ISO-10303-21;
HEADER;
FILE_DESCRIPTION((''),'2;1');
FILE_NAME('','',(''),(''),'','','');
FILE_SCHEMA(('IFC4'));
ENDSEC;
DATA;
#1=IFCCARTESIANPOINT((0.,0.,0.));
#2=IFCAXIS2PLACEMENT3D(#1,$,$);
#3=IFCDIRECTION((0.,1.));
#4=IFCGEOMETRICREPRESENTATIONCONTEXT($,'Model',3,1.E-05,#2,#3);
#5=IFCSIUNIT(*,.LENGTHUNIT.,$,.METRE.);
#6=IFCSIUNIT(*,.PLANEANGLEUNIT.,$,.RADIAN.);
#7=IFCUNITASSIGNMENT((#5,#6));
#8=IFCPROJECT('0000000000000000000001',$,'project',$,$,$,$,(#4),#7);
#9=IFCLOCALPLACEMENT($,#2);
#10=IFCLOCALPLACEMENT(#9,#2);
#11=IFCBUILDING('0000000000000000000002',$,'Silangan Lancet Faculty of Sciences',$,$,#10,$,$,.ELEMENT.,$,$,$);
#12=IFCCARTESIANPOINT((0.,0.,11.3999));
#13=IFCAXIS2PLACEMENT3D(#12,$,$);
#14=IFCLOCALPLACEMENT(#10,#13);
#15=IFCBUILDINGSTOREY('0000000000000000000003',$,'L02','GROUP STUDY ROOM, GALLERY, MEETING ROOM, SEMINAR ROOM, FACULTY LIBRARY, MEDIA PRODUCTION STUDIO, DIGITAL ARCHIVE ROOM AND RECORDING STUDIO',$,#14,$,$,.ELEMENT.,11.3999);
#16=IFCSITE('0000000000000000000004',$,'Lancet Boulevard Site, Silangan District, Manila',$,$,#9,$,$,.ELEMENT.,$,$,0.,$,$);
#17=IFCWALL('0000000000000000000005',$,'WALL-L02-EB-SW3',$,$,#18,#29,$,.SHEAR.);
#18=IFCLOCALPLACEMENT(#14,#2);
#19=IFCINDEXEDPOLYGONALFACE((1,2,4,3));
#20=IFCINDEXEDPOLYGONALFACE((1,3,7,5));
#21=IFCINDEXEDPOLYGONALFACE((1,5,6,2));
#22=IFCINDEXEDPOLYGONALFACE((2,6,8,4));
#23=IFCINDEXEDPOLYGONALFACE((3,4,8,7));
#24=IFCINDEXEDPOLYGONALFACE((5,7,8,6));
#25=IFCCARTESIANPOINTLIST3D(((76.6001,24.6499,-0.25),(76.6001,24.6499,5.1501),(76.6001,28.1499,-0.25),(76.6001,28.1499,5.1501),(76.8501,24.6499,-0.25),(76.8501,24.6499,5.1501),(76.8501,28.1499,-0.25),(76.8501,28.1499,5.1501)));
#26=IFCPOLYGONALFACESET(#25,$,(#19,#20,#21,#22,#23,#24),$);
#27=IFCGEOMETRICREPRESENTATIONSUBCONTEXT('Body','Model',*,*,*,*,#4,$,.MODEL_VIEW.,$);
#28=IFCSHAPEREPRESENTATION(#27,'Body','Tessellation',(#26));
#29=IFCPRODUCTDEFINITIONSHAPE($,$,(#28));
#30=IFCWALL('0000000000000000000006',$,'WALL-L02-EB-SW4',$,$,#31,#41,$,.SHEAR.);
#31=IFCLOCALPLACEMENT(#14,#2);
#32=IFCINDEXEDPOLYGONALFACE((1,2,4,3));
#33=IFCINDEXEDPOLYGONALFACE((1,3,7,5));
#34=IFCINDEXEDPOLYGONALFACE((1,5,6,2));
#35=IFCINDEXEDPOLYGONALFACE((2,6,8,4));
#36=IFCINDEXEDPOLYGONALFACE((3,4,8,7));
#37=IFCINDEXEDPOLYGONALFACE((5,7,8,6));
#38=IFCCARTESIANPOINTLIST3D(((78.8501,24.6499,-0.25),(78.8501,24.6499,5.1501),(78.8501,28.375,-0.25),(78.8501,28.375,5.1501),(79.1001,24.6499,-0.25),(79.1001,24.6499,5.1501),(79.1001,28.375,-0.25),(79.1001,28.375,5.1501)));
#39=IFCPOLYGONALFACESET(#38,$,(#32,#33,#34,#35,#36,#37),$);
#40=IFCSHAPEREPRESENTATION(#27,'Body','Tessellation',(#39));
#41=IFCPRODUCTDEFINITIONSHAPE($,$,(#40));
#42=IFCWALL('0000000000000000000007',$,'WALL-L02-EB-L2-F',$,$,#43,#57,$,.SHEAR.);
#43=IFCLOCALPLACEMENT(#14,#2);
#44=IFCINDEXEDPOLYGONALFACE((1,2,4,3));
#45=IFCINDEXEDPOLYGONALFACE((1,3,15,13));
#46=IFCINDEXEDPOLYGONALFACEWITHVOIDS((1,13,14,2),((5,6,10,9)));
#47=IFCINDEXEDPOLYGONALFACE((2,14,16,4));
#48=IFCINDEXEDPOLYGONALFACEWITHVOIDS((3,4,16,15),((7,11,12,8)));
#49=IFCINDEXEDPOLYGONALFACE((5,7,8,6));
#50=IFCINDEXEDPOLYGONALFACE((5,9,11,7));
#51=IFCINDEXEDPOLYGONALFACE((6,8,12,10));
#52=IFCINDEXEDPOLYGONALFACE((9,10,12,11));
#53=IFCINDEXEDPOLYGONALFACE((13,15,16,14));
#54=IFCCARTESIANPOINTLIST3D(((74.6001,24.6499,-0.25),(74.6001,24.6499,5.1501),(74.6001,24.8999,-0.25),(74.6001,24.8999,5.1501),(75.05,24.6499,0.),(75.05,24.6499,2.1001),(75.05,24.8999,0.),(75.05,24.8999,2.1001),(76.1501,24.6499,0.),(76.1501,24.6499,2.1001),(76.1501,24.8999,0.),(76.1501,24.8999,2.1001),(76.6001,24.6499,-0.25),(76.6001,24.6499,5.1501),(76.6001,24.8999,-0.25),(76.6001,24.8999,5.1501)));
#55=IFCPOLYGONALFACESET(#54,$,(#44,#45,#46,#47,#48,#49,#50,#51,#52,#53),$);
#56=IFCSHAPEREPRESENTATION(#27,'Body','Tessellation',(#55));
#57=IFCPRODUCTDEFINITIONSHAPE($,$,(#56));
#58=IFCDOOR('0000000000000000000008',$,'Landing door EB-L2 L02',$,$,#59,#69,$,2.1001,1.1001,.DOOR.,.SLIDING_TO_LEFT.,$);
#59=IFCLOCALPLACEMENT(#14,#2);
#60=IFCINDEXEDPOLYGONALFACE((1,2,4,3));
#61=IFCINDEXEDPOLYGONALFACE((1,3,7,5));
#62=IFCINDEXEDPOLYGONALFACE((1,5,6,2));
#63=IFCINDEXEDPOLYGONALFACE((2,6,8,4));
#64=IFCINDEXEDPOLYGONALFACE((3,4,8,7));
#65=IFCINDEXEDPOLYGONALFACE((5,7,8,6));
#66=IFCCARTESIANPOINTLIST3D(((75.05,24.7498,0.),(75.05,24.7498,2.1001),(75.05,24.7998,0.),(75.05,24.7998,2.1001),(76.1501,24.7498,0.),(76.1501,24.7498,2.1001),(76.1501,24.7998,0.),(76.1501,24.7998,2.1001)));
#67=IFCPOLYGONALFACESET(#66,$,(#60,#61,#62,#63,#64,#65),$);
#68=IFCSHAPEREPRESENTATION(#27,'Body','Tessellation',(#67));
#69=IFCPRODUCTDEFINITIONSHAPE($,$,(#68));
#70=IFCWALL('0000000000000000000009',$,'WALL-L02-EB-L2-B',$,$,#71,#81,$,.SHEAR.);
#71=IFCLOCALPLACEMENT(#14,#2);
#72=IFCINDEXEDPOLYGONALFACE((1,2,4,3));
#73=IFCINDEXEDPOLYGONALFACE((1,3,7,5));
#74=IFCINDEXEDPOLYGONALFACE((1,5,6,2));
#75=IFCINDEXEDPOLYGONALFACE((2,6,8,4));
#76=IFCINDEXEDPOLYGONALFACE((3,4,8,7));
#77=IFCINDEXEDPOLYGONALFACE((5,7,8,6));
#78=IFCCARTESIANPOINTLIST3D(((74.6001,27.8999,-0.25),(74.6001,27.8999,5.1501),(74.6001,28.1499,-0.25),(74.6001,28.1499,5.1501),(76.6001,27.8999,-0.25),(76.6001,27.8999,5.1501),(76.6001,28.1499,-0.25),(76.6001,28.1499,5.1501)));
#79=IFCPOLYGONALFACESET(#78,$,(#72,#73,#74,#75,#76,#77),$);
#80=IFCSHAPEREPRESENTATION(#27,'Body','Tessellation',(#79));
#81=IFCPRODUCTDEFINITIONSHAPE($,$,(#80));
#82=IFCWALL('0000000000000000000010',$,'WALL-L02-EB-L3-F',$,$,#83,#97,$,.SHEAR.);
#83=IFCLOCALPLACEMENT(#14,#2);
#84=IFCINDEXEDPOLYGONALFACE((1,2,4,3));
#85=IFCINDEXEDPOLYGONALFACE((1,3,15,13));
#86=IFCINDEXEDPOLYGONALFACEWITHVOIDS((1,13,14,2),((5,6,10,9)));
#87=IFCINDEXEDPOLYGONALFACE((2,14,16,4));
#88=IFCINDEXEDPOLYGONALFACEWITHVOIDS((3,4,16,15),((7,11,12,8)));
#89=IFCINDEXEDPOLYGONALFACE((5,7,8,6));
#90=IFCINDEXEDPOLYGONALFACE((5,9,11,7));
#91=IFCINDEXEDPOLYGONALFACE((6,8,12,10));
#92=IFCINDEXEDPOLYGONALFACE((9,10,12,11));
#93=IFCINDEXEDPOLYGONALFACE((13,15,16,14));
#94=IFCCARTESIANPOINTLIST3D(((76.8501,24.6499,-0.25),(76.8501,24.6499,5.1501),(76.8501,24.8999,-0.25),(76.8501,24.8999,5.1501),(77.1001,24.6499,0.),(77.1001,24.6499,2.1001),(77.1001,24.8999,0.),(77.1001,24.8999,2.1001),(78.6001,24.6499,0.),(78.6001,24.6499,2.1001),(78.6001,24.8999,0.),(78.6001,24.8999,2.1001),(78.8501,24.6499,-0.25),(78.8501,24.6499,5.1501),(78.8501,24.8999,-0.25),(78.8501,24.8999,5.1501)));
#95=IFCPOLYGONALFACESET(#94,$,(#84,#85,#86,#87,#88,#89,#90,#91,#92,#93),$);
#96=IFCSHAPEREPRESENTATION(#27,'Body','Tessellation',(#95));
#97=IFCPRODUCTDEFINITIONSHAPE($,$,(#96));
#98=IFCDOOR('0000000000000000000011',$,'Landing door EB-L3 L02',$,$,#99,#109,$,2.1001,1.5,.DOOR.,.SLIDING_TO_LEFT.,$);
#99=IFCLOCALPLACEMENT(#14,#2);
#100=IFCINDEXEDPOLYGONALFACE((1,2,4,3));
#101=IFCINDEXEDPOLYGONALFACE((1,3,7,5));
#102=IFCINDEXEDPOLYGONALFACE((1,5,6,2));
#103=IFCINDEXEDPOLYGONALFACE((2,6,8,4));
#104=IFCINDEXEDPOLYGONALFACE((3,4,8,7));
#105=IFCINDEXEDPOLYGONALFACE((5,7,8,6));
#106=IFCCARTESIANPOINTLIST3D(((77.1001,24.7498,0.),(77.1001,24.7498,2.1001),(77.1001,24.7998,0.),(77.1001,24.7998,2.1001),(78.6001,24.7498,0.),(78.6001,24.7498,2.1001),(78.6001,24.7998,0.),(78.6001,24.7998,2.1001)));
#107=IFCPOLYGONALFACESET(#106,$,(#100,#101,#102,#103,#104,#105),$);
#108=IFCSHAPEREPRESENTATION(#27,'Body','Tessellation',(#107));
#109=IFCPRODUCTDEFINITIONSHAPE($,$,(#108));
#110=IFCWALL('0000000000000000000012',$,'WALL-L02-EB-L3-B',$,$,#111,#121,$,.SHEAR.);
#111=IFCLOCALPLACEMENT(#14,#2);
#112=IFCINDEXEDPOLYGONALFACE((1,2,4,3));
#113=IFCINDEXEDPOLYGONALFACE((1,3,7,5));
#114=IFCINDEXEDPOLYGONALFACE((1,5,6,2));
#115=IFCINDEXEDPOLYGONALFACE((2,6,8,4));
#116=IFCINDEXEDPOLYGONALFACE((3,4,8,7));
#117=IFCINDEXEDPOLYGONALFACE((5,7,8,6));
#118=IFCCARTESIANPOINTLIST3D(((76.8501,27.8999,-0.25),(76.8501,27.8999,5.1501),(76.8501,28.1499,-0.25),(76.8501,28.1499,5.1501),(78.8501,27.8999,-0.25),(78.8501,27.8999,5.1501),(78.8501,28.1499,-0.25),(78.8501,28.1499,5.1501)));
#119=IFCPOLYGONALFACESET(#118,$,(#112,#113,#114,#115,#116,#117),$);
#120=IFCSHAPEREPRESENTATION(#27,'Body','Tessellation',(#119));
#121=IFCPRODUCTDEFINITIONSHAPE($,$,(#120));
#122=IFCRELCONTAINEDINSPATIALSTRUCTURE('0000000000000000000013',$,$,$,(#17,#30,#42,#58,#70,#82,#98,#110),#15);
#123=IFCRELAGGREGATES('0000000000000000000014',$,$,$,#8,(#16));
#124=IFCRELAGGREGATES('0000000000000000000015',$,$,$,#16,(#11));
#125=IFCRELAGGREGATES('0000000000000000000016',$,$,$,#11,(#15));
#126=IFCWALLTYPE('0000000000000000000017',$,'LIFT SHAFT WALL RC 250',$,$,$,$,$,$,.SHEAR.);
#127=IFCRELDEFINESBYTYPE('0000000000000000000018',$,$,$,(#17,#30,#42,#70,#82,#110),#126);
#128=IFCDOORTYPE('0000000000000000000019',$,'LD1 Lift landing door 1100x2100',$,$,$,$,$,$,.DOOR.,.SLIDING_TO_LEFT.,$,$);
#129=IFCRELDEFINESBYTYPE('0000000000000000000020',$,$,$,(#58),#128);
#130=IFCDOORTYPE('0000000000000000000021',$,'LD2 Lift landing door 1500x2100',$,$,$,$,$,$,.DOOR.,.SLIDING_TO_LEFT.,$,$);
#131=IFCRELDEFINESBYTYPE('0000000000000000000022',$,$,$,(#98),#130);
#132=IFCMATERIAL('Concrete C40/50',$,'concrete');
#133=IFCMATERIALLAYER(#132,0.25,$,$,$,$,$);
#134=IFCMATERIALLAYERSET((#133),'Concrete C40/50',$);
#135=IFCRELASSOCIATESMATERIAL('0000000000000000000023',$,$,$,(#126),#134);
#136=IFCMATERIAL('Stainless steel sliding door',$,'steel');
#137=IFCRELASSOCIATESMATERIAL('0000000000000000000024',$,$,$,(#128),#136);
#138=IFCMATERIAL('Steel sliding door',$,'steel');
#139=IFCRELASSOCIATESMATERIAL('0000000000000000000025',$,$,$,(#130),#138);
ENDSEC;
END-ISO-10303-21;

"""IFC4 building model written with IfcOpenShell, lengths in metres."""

from ifc_helpers import new_model, si_unit, direction, frame, frame_2d, origin, place, context, subcontext, project, spatial, rectangle, extrude, material, layer, layer_set, type_object, element, fill, save


model = new_model("IFC4")

# Units and contexts
model_context = context("Model", 3, precision=1e-05, world=origin(), true_north=direction((0.0, 1.0)))
body_context = subcontext(model_context, "Body", "Model", "MODEL_VIEW")
ifc_project = project(units=[si_unit("LENGTHUNIT", "METRE"), si_unit("PLANEANGLEUNIT", "RADIAN")], contexts=[model_context])

# Site, building, storey
site_placement = place(None, origin())
site = spatial("IfcSite", under=ifc_project, at=site_placement, Name="Lancet Boulevard Site, Silangan District, Manila", CompositionType="ELEMENT", RefElevation=0.0)
building_placement = place(site_placement, origin())
building = spatial("IfcBuilding", under=site, at=building_placement, Name="Silangan Lancet Faculty of Sciences", CompositionType="ELEMENT")
storey_placement = place(building_placement, frame((0.0, 0.0, 11.3999)))
storey = spatial("IfcBuildingStorey", under=building, at=storey_placement, Name="L02", Description="GROUP STUDY ROOM, GALLERY, MEETING ROOM, SEMINAR ROOM, FACULTY LIBRARY, MEDIA PRODUCTION STUDIO, DIGITAL ARCHIVE ROOM AND RECORDING STUDIO", CompositionType="ELEMENT", Elevation=11.3999)

# Walls
ifc_material_1 = material(Name="Concrete C40/50", Category="concrete")
ifc_layer_1 = layer(ifc_material_1, 0.25)
ifc_layer_set_1 = layer_set([ifc_layer_1], Name="Concrete C40/50")
wall_type_1 = type_object("IfcWallType", Name="LIFT SHAFT WALL RC 250", PredefinedType="SHEAR", material=ifc_layer_set_1)
for number, where, z_axis, x_axis, name in (
    (1, (76.7251, 24.6499, -0.25), (0.0, 0.0, 1.0), (0.0, 1.0, 0.0), "WALL-L02-EB-SW3"),
):
    element("IfcWall", number, at=place(storey_placement, frame(where, z_axis=z_axis, x_axis=x_axis)), inside=storey, type_object=wall_type_1, Name=name, PredefinedType="SHEAR", context=body_context, shape_type="SweptSolid", body=[
        extrude(rectangle(XDim=3.5, YDim=0.25, at=frame_2d((1.75, 0.0))), origin(), (0.0, 0.0, 1.0), 5.4001),
    ])
wall_1_placement = place(storey_placement, frame((78.9751, 24.6499, -0.25), z_axis=(0.0, 0.0, 1.0), x_axis=(0.0, 1.0, 0.0)))
element("IfcWall", 2, at=wall_1_placement, inside=storey, type_object=wall_type_1, Name="WALL-L02-EB-SW4", PredefinedType="SHEAR", context=body_context, shape_type="SweptSolid", body=[
    extrude(rectangle(XDim=3.7251, YDim=0.25, at=frame_2d((1.8625, 0.0))), origin(), (0.0, 0.0, 1.0), 5.4001),
])

# Wall, opening, door
wall_2_placement = place(storey_placement, frame((74.6001, 24.7749, -0.25), z_axis=(0.0, 0.0, 1.0), x_axis=(1.0, 0.0, 0.0)))
wall_2 = element("IfcWall", 3, at=wall_2_placement, inside=storey, type_object=wall_type_1, Name="WALL-L02-EB-L2-F", PredefinedType="SHEAR", context=body_context, shape_type="SweptSolid", body=[
    extrude(rectangle(XDim=2.0, YDim=0.25, at=frame_2d((1.0, 0.0))), origin(), (0.0, 0.0, 1.0), 5.4001),
])
opening_1_placement = place(wall_2_placement, frame((0.45, 0.0, 0.25)))
opening_1 = element("IfcOpeningElement", 4, at=opening_1_placement, cuts=wall_2, PredefinedType="OPENING", context=body_context, shape_type="SweptSolid", body=[
    extrude(rectangle(XDim=1.1001, YDim=2.1001, at=frame_2d((0.55, 1.05))), frame((0.0, 0.135, 0.0), z_axis=(0.0, -1.0, 0.0), x_axis=(1.0, 0.0, 0.0)), (0.0, 0.0, 1.0), 0.27),
])
ifc_material_2 = material(Name="Stainless steel sliding door", Category="steel")
door_type_1 = type_object("IfcDoorType", Name="LD1 Lift landing door 1100x2100", OperationType="SLIDING_TO_LEFT", PredefinedType="DOOR", material=ifc_material_2)
door_1_placement = place(opening_1_placement, origin())
door_1 = element("IfcDoor", 5, at=door_1_placement, inside=storey, type_object=door_type_1, Name="Landing door EB-L2 L02", OperationType="SLIDING_TO_LEFT", OverallHeight=2.1001, OverallWidth=1.1001, PredefinedType="DOOR", context=body_context, shape_type="SweptSolid", body=[
    extrude(rectangle(XDim=1.1001, YDim=2.1001, at=frame_2d((0.55, 1.05))), frame((0.0, 0.0249, 0.0), z_axis=(0.0, -1.0, 0.0), x_axis=(1.0, 0.0, 0.0)), (0.0, 0.0, 1.0), 0.05),
])
fill(opening_1, door_1)

# Wall
wall_3_placement = place(storey_placement, frame((74.6001, 28.0249, -0.25), z_axis=(0.0, 0.0, 1.0), x_axis=(1.0, 0.0, 0.0)))
element("IfcWall", 6, at=wall_3_placement, inside=storey, type_object=wall_type_1, Name="WALL-L02-EB-L2-B", PredefinedType="SHEAR", context=body_context, shape_type="SweptSolid", body=[
    extrude(rectangle(XDim=2.0, YDim=0.25, at=frame_2d((1.0, 0.0))), origin(), (0.0, 0.0, 1.0), 5.4001),
])

# Wall, opening, door
wall_4_placement = place(storey_placement, frame((76.8501, 24.7749, -0.25), z_axis=(0.0, 0.0, 1.0), x_axis=(1.0, 0.0, 0.0)))
wall_4 = element("IfcWall", 7, at=wall_4_placement, inside=storey, type_object=wall_type_1, Name="WALL-L02-EB-L3-F", PredefinedType="SHEAR", context=body_context, shape_type="SweptSolid", body=[
    extrude(rectangle(XDim=2.0, YDim=0.25, at=frame_2d((1.0, 0.0))), origin(), (0.0, 0.0, 1.0), 5.4001),
])
opening_2_placement = place(wall_4_placement, frame((0.25, 0.0, 0.25)))
opening_2 = element("IfcOpeningElement", 8, at=opening_2_placement, cuts=wall_4, PredefinedType="OPENING", context=body_context, shape_type="SweptSolid", body=[
    extrude(rectangle(XDim=1.5, YDim=2.1001, at=frame_2d((0.75, 1.05))), frame((0.0, 0.135, 0.0), z_axis=(0.0, -1.0, 0.0), x_axis=(1.0, 0.0, 0.0)), (0.0, 0.0, 1.0), 0.27),
])
ifc_material_3 = material(Name="Steel sliding door", Category="steel")
door_type_2 = type_object("IfcDoorType", Name="LD2 Lift landing door 1500x2100", OperationType="SLIDING_TO_LEFT", PredefinedType="DOOR", material=ifc_material_3)
door_2_placement = place(opening_2_placement, origin())
door_2 = element("IfcDoor", 9, at=door_2_placement, inside=storey, type_object=door_type_2, Name="Landing door EB-L3 L02", OperationType="SLIDING_TO_LEFT", OverallHeight=2.1001, OverallWidth=1.5, PredefinedType="DOOR", context=body_context, shape_type="SweptSolid", body=[
    extrude(rectangle(XDim=1.5, YDim=2.1001, at=frame_2d((0.75, 1.05))), frame((0.0, 0.0249, 0.0), z_axis=(0.0, -1.0, 0.0), x_axis=(1.0, 0.0, 0.0)), (0.0, 0.0, 1.0), 0.05),
])
fill(opening_2, door_2)

# Wall
wall_5_placement = place(storey_placement, frame((76.8501, 28.0249, -0.25), z_axis=(0.0, 0.0, 1.0), x_axis=(1.0, 0.0, 0.0)))
element("IfcWall", 10, at=wall_5_placement, inside=storey, type_object=wall_type_1, Name="WALL-L02-EB-L3-B", PredefinedType="SHEAR", context=body_context, shape_type="SweptSolid", body=[
    extrude(rectangle(XDim=2.0, YDim=0.25, at=frame_2d((1.0, 0.0))), origin(), (0.0, 0.0, 1.0), 5.4001),
])

save(model, "model.ifc")
